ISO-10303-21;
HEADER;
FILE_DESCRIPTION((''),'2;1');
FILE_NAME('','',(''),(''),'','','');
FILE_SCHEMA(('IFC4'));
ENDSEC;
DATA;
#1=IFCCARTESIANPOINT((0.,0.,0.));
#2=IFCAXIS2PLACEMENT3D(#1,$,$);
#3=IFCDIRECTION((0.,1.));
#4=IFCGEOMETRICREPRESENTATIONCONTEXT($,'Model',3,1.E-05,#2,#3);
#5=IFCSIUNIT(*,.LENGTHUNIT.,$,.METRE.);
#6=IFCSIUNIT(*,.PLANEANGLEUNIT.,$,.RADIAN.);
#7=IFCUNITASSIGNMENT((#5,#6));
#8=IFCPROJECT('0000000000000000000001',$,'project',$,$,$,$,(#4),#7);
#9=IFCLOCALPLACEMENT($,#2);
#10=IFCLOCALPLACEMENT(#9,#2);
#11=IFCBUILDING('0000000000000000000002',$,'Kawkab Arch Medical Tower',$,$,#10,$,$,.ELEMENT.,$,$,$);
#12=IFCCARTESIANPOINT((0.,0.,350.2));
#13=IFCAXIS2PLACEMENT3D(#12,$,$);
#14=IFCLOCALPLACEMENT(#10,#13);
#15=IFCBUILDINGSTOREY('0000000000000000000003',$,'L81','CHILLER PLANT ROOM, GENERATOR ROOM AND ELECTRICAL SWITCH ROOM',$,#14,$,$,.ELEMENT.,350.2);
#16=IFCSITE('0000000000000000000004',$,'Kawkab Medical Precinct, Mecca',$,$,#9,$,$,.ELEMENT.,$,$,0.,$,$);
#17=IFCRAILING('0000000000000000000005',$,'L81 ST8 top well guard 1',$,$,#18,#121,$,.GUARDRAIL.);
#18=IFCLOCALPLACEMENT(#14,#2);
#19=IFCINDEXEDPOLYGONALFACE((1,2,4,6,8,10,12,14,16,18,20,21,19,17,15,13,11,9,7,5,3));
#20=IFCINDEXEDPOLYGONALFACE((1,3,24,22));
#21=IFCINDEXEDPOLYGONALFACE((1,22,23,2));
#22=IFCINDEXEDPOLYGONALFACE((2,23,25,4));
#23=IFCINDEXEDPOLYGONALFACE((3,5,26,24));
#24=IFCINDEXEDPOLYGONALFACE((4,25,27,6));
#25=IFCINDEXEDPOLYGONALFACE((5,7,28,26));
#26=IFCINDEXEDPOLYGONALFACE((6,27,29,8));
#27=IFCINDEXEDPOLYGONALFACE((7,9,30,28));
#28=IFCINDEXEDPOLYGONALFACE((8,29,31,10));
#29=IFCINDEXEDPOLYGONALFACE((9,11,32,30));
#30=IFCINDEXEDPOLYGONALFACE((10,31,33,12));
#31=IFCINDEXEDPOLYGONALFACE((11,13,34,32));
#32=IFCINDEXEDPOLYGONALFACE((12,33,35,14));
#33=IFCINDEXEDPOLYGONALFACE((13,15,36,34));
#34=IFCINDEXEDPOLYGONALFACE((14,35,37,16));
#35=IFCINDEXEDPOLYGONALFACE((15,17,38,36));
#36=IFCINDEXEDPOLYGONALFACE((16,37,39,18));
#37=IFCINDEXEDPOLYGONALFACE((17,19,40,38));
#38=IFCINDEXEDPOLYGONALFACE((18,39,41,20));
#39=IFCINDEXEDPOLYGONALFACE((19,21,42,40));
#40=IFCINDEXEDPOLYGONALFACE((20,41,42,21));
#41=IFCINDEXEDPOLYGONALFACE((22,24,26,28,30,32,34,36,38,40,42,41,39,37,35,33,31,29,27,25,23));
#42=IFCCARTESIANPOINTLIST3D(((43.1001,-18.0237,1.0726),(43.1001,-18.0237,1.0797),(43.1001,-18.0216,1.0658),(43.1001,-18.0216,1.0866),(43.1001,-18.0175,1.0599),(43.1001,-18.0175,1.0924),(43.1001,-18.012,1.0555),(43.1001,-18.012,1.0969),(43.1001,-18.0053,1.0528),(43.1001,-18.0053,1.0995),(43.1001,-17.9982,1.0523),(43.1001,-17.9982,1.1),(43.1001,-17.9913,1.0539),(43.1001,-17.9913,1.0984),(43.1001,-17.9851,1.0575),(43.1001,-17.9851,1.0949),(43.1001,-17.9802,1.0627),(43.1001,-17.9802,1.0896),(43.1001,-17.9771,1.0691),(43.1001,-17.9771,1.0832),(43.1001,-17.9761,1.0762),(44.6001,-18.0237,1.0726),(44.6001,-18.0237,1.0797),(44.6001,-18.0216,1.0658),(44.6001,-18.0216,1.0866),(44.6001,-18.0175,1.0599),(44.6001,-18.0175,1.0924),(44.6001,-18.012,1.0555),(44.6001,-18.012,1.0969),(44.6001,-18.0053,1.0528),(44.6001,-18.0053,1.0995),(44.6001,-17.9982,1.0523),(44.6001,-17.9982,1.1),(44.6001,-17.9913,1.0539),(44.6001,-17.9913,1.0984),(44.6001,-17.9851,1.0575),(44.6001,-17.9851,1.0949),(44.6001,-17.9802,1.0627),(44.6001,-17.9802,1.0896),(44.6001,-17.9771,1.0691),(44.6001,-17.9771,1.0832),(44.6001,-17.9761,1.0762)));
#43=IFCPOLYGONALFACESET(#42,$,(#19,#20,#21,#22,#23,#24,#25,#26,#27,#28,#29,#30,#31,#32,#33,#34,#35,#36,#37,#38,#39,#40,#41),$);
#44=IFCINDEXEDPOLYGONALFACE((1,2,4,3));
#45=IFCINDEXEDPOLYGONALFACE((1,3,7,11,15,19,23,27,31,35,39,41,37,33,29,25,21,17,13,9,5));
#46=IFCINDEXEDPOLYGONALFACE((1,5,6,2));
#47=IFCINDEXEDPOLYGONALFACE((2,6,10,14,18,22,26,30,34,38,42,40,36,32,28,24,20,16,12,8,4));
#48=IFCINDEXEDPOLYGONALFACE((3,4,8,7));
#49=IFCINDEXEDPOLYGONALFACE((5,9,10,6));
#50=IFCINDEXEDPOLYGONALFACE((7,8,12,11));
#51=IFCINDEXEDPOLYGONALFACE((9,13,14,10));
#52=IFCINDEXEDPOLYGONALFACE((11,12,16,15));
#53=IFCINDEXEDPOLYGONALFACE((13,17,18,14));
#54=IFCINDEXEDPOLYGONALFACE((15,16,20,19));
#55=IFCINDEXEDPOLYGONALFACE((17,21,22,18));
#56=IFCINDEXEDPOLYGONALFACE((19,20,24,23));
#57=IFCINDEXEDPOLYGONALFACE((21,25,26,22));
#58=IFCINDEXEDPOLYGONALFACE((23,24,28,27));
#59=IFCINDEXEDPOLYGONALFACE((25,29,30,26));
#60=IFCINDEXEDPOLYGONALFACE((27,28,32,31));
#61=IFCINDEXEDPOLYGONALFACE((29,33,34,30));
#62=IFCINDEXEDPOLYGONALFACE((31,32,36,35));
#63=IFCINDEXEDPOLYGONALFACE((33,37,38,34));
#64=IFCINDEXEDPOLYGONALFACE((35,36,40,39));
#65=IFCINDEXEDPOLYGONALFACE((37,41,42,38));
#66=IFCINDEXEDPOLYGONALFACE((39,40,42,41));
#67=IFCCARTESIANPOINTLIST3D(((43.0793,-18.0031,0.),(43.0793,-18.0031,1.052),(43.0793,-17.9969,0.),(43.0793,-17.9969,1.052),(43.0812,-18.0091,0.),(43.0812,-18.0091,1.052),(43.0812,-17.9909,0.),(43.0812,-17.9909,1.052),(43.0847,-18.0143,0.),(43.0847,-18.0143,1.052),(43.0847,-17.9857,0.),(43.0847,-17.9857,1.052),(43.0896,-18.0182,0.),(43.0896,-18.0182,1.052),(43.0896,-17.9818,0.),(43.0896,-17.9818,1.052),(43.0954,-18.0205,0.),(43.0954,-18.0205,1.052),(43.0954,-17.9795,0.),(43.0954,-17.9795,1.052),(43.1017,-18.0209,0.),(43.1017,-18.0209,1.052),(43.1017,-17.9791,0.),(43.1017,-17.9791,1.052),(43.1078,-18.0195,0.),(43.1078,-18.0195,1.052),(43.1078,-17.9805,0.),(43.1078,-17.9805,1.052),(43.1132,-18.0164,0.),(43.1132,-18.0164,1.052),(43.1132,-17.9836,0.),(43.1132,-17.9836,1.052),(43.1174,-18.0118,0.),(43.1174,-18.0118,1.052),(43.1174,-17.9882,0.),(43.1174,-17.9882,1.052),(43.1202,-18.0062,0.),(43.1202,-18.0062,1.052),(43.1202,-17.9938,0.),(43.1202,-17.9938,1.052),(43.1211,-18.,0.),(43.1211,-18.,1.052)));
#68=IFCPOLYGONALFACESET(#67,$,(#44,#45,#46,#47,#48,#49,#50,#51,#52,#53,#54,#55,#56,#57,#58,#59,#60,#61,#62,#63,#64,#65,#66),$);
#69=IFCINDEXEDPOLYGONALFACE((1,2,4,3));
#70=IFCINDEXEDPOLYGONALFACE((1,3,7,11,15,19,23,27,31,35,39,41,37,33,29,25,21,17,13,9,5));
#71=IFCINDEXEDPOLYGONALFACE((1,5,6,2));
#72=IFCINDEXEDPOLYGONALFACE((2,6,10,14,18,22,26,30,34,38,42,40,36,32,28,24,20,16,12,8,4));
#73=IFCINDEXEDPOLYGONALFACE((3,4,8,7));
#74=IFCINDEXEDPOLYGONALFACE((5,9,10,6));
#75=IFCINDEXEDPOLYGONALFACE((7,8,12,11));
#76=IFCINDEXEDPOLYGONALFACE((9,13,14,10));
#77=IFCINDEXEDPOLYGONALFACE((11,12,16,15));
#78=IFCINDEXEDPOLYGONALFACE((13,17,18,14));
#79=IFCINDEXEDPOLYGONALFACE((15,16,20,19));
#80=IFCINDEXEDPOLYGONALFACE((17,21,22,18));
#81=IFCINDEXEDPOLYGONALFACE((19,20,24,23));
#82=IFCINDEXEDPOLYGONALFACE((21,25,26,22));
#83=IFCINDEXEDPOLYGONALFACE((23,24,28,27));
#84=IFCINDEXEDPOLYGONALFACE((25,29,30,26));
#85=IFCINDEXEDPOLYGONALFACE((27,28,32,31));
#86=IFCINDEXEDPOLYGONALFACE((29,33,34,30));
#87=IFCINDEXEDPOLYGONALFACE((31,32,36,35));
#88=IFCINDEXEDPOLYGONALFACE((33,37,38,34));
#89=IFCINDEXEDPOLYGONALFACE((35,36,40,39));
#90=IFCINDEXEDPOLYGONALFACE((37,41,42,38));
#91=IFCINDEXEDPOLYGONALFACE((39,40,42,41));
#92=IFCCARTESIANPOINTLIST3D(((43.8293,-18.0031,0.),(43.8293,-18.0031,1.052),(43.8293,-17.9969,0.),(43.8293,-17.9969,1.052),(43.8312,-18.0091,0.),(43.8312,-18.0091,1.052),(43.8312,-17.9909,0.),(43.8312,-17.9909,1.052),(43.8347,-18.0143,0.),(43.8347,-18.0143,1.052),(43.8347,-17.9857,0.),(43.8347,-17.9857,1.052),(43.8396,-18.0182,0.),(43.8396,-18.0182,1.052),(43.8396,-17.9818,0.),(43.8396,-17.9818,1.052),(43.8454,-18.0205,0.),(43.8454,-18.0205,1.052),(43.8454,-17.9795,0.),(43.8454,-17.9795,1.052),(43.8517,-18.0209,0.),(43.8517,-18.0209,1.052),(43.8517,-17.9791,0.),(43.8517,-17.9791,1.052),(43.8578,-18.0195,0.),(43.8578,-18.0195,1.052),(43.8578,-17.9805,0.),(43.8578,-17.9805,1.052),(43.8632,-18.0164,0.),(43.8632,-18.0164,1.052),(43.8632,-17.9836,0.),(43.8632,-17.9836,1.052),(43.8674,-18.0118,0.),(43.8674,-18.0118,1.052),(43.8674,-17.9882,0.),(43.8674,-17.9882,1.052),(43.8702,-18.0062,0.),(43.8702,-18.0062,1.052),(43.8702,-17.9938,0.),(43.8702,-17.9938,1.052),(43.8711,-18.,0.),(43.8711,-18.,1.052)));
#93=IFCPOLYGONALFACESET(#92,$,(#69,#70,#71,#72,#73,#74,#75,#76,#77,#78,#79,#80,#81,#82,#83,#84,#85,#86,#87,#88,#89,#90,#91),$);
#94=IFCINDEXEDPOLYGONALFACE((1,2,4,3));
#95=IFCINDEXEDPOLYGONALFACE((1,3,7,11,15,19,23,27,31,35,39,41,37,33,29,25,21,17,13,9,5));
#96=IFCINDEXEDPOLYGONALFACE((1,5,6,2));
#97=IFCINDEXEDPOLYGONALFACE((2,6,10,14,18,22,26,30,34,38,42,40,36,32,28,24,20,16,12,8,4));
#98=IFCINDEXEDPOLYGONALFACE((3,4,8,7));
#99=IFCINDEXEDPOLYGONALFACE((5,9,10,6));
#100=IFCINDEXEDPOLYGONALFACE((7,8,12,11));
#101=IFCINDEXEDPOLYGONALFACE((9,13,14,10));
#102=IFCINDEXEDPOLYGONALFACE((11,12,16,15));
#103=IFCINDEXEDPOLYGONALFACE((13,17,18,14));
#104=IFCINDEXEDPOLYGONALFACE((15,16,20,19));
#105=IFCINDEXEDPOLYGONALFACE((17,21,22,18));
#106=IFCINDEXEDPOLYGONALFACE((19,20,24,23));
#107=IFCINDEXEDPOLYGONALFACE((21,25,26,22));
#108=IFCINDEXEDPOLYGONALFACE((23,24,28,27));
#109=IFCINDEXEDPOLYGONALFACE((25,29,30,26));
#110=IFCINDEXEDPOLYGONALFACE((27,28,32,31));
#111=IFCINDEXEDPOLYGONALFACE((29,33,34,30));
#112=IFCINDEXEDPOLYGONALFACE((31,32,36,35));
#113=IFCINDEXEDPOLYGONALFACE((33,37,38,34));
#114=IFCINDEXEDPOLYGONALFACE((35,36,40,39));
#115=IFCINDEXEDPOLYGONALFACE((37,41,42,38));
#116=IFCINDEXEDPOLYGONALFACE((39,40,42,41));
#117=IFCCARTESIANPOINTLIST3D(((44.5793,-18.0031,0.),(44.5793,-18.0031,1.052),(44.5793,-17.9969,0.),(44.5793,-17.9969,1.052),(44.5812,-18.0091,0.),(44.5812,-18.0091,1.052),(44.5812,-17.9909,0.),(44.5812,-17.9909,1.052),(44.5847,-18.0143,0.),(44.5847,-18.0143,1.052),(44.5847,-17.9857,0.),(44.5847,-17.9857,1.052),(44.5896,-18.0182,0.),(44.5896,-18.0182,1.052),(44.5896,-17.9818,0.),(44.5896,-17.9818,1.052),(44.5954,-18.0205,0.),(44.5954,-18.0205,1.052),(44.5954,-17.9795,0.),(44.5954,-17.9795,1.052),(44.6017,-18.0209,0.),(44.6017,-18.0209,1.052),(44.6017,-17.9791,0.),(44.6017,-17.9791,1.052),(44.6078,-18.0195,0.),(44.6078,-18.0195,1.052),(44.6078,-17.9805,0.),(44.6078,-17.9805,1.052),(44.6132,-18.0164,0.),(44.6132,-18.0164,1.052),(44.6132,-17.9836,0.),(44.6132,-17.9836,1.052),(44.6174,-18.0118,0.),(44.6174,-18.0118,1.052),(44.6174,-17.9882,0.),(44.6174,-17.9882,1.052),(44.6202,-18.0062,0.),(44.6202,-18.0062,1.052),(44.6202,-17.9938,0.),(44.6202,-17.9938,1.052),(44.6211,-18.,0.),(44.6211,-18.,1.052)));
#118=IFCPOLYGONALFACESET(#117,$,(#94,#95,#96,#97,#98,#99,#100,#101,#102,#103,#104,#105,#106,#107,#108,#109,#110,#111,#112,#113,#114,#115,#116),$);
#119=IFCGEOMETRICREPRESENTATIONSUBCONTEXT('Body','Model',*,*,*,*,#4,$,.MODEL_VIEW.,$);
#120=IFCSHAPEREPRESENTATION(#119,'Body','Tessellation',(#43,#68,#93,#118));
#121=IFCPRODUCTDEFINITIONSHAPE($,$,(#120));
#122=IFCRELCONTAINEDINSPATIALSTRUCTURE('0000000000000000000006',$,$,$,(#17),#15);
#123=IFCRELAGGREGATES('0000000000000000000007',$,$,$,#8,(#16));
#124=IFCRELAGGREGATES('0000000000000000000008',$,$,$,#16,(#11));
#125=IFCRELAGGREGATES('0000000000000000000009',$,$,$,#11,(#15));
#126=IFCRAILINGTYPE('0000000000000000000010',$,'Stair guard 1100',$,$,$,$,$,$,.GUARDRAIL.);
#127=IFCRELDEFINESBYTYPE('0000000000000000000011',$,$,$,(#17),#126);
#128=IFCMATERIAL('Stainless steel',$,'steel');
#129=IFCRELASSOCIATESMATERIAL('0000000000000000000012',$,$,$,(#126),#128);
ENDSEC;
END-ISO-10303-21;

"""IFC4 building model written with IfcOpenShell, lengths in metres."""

from ifc_helpers import new_model, si_unit, direction, frame, origin, origin_2d, place, context, subcontext, project, spatial, circle, extrude, material, type_object, element, save


model = new_model("IFC4")

# Units and contexts
model_context = context("Model", 3, precision=1e-05, world=origin(), true_north=direction((0.0, 1.0)))
body_context = subcontext(model_context, "Body", "Model", "MODEL_VIEW")
ifc_project = project(units=[si_unit("LENGTHUNIT", "METRE"), si_unit("PLANEANGLEUNIT", "RADIAN")], contexts=[model_context])

# Site, building, storey
site_placement = place(None, origin())
site = spatial("IfcSite", under=ifc_project, at=site_placement, Name="Kawkab Medical Precinct, Mecca", CompositionType="ELEMENT", RefElevation=0.0)
building_placement = place(site_placement, origin())
building = spatial("IfcBuilding", under=site, at=building_placement, Name="Kawkab Arch Medical Tower", CompositionType="ELEMENT")
storey_placement = place(building_placement, frame((0.0, 0.0, 350.2)))
storey = spatial("IfcBuildingStorey", under=building, at=storey_placement, Name="L81", Description="CHILLER PLANT ROOM, GENERATOR ROOM AND ELECTRICAL SWITCH ROOM", CompositionType="ELEMENT", Elevation=350.2)

# Railing
ifc_material_1 = material(Name="Stainless steel", Category="steel")
railing_type = type_object("IfcRailingType", Name="Stair guard 1100", PredefinedType="GUARDRAIL", material=ifc_material_1)
railing_placement = place(storey_placement, frame((43.1001, -18.0, 0.0)))
element("IfcRailing", 1, at=railing_placement, inside=storey, type_object=railing_type, Name="L81 ST8 top well guard 1", PredefinedType="GUARDRAIL", context=body_context, shape_type="SweptSolid", body=[
    extrude(circle(Radius=0.0239, at=origin_2d()), frame((0.0, 0.0, 1.0762), z_axis=(1.0, 0.0, 0.0), x_axis=(0.0, 1.0, 0.0)), (0.0, 0.0, 1.0), 1.5),
    extrude(circle(Radius=0.021, at=origin_2d()), origin(), (0.0, 0.0, 1.0), 1.052),
    extrude(circle(Radius=0.021, at=origin_2d()), frame((0.75, 0.0, 0.0)), (0.0, 0.0, 1.0), 1.052),
    extrude(circle(Radius=0.021, at=origin_2d()), frame((1.5, 0.0, 0.0)), (0.0, 0.0, 1.0), 1.052),
])

save(model, "model.ifc")
